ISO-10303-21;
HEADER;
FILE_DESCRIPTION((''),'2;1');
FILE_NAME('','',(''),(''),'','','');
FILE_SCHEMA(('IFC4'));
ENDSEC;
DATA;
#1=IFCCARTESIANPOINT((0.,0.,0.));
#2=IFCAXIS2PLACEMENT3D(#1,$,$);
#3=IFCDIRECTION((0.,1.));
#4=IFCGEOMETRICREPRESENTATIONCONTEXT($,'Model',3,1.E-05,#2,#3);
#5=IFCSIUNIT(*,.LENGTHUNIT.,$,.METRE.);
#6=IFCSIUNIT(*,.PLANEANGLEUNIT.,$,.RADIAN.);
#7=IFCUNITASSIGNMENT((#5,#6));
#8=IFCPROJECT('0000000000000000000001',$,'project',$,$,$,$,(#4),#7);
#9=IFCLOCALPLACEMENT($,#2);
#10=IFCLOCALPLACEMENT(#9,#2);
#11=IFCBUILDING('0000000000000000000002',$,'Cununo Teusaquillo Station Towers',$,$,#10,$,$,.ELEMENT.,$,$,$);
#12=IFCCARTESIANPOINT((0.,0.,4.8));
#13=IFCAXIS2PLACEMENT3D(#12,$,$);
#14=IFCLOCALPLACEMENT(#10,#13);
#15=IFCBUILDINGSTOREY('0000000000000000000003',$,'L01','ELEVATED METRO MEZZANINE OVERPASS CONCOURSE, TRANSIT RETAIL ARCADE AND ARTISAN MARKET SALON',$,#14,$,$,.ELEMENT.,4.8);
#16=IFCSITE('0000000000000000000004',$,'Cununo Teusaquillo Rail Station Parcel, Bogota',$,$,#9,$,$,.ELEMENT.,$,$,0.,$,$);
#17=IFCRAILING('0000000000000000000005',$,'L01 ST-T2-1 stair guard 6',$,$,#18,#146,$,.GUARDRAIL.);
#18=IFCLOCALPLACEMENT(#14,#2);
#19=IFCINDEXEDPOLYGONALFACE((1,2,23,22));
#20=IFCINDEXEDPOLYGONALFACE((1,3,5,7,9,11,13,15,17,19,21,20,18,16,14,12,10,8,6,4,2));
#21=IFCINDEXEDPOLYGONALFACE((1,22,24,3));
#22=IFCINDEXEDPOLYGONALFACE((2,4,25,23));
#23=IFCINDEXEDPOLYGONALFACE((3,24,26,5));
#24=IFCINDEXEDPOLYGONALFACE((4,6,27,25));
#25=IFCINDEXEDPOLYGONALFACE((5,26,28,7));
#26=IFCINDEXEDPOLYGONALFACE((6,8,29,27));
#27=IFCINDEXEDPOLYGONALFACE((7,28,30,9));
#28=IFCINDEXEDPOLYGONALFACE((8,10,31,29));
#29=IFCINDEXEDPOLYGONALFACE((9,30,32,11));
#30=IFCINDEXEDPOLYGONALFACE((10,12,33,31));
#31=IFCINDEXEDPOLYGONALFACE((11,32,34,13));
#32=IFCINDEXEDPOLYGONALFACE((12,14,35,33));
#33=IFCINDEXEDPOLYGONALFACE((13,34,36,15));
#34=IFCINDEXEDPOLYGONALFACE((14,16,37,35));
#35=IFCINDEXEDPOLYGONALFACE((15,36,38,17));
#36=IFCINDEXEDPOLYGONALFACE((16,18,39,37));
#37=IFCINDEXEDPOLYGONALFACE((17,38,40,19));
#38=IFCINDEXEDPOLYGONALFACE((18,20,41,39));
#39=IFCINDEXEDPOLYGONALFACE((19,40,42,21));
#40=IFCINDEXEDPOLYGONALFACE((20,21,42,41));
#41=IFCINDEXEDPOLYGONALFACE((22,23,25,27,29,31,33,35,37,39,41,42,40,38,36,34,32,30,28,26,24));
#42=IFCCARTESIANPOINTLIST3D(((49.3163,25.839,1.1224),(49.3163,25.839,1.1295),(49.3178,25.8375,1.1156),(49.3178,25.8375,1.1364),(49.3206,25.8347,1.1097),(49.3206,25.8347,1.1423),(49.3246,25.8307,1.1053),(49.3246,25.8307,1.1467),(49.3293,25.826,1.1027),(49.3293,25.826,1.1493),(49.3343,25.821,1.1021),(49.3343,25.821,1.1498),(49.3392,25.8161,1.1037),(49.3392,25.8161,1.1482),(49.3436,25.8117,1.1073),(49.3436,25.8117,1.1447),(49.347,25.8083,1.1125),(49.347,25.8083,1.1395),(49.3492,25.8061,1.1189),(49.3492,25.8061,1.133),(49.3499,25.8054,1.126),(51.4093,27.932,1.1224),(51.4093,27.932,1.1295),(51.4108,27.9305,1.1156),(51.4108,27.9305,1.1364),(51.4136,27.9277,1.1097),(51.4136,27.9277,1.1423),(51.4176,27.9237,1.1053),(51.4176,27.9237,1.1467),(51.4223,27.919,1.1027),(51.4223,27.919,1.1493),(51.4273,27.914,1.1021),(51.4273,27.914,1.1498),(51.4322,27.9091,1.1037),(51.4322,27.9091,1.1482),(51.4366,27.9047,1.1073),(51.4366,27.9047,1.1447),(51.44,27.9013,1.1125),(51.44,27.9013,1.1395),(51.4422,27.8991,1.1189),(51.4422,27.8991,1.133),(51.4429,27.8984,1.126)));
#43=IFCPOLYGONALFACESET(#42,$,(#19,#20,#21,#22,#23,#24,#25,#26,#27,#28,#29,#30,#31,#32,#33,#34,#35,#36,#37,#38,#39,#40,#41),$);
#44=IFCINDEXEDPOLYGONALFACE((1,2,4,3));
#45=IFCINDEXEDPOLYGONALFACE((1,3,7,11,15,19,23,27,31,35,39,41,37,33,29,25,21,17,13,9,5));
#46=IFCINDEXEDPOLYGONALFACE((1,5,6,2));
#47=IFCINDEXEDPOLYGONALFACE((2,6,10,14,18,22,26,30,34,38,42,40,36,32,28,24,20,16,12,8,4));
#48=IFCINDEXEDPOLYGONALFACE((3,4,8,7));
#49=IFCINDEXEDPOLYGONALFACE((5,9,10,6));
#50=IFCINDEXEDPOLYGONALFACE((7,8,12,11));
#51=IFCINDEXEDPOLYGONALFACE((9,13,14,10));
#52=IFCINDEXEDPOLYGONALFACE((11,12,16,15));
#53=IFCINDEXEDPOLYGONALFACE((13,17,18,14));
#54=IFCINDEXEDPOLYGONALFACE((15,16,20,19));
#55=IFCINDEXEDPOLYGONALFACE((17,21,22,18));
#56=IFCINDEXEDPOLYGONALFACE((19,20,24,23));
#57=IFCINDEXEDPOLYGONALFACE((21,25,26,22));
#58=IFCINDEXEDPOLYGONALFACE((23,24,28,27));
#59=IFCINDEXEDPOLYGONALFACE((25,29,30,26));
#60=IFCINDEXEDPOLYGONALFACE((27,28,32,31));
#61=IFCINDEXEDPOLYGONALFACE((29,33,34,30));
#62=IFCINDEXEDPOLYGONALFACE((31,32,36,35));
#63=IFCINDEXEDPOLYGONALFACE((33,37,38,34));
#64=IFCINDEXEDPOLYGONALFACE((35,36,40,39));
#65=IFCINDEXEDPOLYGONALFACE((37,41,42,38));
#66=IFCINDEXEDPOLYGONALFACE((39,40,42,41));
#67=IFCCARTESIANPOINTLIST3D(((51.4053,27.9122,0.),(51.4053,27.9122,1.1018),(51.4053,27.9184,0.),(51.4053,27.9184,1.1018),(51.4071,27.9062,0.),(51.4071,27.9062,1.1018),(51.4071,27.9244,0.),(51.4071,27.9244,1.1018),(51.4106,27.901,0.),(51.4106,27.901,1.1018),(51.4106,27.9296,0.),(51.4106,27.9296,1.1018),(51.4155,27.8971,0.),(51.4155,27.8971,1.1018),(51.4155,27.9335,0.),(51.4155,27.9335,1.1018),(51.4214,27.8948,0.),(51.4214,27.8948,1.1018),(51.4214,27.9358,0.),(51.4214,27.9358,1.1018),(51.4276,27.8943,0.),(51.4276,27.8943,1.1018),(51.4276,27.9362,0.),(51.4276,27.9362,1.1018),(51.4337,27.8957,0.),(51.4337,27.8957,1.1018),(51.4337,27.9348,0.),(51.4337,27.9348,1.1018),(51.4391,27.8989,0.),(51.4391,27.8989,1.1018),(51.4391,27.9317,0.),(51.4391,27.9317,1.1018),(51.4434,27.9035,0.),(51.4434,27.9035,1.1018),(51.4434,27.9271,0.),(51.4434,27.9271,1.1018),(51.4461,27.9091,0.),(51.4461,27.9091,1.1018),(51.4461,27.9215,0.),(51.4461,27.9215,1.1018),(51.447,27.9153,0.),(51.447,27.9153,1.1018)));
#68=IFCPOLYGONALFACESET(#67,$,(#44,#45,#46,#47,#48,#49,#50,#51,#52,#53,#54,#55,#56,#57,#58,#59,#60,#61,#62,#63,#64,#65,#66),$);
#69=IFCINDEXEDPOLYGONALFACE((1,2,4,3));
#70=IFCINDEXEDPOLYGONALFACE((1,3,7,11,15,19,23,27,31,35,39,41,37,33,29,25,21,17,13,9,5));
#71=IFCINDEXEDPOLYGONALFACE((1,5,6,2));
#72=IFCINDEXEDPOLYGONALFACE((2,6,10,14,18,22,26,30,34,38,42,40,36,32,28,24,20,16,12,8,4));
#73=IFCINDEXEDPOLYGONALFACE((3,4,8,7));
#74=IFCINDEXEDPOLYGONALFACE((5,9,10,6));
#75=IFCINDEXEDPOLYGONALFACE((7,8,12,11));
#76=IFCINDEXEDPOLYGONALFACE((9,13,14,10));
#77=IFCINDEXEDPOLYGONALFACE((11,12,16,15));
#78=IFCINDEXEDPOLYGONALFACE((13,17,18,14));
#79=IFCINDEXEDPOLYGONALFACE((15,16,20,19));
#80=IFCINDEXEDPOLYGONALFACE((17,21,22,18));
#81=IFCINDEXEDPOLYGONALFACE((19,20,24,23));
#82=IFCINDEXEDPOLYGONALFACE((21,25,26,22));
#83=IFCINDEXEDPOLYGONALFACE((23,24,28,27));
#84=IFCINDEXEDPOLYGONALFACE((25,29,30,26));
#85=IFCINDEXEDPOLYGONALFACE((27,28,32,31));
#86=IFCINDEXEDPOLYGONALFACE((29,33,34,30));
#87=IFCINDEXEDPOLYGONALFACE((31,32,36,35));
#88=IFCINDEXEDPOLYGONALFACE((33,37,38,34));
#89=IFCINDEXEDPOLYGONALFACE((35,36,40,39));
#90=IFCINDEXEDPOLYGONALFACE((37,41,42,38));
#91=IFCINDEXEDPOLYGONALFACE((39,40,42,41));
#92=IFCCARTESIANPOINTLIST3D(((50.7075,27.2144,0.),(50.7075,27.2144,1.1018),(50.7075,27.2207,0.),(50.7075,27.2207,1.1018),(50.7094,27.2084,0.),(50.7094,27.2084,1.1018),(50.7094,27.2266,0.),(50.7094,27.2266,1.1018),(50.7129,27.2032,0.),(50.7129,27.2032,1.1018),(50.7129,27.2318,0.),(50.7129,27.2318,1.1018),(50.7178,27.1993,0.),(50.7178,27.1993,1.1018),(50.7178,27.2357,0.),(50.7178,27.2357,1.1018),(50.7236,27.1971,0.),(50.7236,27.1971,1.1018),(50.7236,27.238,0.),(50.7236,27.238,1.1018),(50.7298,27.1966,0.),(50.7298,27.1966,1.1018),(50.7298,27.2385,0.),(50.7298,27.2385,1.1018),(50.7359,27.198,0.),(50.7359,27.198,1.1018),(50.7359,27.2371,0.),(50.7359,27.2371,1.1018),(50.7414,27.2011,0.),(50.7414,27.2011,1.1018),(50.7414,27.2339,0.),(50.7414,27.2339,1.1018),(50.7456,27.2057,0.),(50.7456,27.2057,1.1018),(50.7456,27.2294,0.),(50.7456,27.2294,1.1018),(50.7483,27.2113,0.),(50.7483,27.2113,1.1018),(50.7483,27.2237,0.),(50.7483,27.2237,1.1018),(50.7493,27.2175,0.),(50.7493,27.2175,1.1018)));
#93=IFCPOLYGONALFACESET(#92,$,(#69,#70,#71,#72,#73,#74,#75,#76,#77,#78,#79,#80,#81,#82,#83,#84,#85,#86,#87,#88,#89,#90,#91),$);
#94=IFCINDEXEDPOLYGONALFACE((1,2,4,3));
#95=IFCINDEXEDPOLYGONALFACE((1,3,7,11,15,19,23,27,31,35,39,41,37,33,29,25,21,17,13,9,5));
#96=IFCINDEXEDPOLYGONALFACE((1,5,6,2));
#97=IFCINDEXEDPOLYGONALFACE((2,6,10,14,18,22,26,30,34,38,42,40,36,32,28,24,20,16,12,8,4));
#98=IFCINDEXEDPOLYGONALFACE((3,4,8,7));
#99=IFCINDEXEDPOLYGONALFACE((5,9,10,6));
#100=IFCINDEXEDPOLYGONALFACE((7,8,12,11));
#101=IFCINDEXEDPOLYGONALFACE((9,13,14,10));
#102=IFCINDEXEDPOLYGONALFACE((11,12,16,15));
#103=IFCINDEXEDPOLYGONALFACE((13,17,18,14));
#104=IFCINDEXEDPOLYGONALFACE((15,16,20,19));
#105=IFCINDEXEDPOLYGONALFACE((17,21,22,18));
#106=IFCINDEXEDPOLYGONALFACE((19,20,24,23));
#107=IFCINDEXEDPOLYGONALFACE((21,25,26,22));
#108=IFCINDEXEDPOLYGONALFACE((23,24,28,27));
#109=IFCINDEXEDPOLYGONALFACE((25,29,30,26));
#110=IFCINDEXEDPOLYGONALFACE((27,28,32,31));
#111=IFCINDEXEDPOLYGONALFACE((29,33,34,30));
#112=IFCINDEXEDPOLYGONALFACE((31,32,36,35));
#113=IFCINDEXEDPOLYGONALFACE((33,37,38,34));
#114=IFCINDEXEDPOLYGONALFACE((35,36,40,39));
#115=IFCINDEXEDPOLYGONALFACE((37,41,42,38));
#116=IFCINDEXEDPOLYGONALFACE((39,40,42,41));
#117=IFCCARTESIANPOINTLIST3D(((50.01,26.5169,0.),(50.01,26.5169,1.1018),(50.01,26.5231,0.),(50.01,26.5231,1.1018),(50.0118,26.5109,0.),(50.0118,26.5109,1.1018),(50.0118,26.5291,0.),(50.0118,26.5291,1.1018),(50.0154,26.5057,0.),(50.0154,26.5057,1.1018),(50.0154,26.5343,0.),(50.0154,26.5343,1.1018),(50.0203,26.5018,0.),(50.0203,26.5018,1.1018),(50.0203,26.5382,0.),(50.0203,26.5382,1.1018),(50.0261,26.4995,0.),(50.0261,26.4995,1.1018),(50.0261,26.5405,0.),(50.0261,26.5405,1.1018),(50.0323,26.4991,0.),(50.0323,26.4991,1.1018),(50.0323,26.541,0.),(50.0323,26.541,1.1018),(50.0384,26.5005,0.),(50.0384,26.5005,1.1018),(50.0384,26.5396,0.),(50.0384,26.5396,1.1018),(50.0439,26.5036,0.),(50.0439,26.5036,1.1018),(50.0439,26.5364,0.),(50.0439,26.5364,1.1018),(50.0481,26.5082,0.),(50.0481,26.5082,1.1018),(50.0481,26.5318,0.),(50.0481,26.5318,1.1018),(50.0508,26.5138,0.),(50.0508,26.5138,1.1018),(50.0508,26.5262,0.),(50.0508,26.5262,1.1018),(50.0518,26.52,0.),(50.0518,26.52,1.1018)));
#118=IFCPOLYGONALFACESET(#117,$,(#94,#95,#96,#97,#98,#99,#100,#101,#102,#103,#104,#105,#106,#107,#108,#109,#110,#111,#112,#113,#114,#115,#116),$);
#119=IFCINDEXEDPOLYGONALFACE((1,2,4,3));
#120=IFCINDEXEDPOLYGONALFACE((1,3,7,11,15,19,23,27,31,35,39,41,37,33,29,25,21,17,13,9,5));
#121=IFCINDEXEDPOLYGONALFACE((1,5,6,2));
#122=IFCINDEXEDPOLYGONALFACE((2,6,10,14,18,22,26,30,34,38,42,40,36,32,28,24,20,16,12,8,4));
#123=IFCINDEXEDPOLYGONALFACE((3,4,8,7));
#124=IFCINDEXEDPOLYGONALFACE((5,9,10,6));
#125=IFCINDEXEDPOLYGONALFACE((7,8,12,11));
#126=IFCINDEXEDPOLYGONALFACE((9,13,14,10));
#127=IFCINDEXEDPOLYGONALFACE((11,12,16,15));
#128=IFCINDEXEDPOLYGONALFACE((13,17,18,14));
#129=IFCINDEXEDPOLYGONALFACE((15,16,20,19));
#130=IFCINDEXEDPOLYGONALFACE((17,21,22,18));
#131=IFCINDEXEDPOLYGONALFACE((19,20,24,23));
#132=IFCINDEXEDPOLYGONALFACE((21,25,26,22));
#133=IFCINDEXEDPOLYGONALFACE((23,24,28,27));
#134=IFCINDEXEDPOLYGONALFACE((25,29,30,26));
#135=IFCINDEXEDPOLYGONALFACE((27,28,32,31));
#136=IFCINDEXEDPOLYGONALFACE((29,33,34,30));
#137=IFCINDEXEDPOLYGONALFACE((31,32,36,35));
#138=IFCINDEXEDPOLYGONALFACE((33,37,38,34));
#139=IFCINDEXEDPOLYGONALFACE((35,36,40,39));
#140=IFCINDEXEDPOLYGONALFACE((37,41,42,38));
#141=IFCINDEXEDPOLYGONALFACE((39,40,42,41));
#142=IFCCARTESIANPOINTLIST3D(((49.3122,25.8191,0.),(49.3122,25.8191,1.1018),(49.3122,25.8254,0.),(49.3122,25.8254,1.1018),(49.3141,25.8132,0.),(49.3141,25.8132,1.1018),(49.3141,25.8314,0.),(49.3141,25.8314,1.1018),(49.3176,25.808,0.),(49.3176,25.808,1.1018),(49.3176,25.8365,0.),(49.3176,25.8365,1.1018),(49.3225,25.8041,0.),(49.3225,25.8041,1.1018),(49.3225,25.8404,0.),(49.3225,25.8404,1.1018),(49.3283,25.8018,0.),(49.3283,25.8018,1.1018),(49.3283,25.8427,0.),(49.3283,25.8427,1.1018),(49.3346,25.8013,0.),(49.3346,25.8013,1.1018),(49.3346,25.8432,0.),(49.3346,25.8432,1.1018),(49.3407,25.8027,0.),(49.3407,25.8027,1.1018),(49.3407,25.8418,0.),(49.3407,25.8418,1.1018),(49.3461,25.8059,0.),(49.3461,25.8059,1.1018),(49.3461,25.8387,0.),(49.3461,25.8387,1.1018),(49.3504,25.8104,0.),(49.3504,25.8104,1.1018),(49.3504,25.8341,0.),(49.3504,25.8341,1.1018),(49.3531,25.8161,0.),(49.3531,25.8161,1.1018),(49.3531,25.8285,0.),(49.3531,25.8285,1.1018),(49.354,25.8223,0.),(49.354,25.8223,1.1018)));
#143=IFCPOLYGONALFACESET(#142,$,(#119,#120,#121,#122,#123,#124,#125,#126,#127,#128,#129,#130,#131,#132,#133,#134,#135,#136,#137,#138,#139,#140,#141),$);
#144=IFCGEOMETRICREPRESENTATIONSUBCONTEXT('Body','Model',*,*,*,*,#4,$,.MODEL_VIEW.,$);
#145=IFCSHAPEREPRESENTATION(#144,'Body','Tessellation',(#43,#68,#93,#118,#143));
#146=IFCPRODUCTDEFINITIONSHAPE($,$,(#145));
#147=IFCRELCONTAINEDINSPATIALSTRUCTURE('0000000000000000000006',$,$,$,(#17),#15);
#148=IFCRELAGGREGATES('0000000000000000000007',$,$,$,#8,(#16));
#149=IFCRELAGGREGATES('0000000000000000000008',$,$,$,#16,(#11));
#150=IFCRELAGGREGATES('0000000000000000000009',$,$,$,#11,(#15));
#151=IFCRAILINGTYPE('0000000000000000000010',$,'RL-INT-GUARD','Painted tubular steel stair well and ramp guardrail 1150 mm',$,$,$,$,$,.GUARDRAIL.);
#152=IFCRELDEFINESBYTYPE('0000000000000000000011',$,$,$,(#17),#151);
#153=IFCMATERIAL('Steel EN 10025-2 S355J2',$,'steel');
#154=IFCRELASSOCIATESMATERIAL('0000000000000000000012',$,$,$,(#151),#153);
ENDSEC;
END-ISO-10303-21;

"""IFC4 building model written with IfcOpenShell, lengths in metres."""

from ifc_helpers import new_model, si_unit, direction, frame, origin, origin_2d, place, context, subcontext, project, spatial, circle, extrude, material, type_object, element, save


model = new_model("IFC4")

# Units and contexts
model_context = context("Model", 3, precision=1e-05, world=origin(), true_north=direction((0.0, 1.0)))
body_context = subcontext(model_context, "Body", "Model", "MODEL_VIEW")
ifc_project = project(units=[si_unit("LENGTHUNIT", "METRE"), si_unit("PLANEANGLEUNIT", "RADIAN")], contexts=[model_context])

# Site, building, storey
site_placement = place(None, origin())
site = spatial("IfcSite", under=ifc_project, at=site_placement, Name="Cununo Teusaquillo Rail Station Parcel, Bogota", CompositionType="ELEMENT", RefElevation=0.0)
building_placement = place(site_placement, origin())
building = spatial("IfcBuilding", under=site, at=building_placement, Name="Cununo Teusaquillo Station Towers", CompositionType="ELEMENT")
storey_placement = place(building_placement, frame((0.0, 0.0, 4.8)))
storey = spatial("IfcBuildingStorey", under=building, at=storey_placement, Name="L01", Description="ELEVATED METRO MEZZANINE OVERPASS CONCOURSE, TRANSIT RETAIL ARCADE AND ARTISAN MARKET SALON", CompositionType="ELEMENT", Elevation=4.8)

# Railing
ifc_material_1 = material(Name="Steel EN 10025-2 S355J2", Category="steel")
railing_type = type_object("IfcRailingType", Name="RL-INT-GUARD", Description="Painted tubular steel stair well and ramp guardrail 1150 mm", PredefinedType="GUARDRAIL", material=ifc_material_1)
railing_1_placement = place(storey_placement, frame((51.426, 27.9153, 0.0)))
element("IfcRailing", 1, at=railing_1_placement, inside=storey, type_object=railing_type, Name="L01 ST-T2-1 stair guard 6", PredefinedType="GUARDRAIL", context=body_context, shape_type="SweptSolid", body=[
    extrude(circle(Radius=0.0239, at=origin_2d()), frame((0.0, 0.0, 1.126), z_axis=(-0.707107, -0.707107, 0.0), x_axis=(0.707107, -0.707107, 0.0)), (0.0, 0.0, 1.0), 2.96),
    extrude(circle(Radius=0.021, at=origin_2d()), origin(), (0.0, 0.0, 1.0), 1.1018),
    extrude(circle(Radius=0.021, at=origin_2d()), frame((-0.6978, -0.6978, 0.0)), (0.0, 0.0, 1.0), 1.1018),
    extrude(circle(Radius=0.021, at=origin_2d()), frame((-1.3953, -1.3953, 0.0)), (0.0, 0.0, 1.0), 1.1018),
    extrude(circle(Radius=0.021, at=origin_2d()), frame((-2.093, -2.093, 0.0)), (0.0, 0.0, 1.0), 1.1018),
])

save(model, "model.ifc")
